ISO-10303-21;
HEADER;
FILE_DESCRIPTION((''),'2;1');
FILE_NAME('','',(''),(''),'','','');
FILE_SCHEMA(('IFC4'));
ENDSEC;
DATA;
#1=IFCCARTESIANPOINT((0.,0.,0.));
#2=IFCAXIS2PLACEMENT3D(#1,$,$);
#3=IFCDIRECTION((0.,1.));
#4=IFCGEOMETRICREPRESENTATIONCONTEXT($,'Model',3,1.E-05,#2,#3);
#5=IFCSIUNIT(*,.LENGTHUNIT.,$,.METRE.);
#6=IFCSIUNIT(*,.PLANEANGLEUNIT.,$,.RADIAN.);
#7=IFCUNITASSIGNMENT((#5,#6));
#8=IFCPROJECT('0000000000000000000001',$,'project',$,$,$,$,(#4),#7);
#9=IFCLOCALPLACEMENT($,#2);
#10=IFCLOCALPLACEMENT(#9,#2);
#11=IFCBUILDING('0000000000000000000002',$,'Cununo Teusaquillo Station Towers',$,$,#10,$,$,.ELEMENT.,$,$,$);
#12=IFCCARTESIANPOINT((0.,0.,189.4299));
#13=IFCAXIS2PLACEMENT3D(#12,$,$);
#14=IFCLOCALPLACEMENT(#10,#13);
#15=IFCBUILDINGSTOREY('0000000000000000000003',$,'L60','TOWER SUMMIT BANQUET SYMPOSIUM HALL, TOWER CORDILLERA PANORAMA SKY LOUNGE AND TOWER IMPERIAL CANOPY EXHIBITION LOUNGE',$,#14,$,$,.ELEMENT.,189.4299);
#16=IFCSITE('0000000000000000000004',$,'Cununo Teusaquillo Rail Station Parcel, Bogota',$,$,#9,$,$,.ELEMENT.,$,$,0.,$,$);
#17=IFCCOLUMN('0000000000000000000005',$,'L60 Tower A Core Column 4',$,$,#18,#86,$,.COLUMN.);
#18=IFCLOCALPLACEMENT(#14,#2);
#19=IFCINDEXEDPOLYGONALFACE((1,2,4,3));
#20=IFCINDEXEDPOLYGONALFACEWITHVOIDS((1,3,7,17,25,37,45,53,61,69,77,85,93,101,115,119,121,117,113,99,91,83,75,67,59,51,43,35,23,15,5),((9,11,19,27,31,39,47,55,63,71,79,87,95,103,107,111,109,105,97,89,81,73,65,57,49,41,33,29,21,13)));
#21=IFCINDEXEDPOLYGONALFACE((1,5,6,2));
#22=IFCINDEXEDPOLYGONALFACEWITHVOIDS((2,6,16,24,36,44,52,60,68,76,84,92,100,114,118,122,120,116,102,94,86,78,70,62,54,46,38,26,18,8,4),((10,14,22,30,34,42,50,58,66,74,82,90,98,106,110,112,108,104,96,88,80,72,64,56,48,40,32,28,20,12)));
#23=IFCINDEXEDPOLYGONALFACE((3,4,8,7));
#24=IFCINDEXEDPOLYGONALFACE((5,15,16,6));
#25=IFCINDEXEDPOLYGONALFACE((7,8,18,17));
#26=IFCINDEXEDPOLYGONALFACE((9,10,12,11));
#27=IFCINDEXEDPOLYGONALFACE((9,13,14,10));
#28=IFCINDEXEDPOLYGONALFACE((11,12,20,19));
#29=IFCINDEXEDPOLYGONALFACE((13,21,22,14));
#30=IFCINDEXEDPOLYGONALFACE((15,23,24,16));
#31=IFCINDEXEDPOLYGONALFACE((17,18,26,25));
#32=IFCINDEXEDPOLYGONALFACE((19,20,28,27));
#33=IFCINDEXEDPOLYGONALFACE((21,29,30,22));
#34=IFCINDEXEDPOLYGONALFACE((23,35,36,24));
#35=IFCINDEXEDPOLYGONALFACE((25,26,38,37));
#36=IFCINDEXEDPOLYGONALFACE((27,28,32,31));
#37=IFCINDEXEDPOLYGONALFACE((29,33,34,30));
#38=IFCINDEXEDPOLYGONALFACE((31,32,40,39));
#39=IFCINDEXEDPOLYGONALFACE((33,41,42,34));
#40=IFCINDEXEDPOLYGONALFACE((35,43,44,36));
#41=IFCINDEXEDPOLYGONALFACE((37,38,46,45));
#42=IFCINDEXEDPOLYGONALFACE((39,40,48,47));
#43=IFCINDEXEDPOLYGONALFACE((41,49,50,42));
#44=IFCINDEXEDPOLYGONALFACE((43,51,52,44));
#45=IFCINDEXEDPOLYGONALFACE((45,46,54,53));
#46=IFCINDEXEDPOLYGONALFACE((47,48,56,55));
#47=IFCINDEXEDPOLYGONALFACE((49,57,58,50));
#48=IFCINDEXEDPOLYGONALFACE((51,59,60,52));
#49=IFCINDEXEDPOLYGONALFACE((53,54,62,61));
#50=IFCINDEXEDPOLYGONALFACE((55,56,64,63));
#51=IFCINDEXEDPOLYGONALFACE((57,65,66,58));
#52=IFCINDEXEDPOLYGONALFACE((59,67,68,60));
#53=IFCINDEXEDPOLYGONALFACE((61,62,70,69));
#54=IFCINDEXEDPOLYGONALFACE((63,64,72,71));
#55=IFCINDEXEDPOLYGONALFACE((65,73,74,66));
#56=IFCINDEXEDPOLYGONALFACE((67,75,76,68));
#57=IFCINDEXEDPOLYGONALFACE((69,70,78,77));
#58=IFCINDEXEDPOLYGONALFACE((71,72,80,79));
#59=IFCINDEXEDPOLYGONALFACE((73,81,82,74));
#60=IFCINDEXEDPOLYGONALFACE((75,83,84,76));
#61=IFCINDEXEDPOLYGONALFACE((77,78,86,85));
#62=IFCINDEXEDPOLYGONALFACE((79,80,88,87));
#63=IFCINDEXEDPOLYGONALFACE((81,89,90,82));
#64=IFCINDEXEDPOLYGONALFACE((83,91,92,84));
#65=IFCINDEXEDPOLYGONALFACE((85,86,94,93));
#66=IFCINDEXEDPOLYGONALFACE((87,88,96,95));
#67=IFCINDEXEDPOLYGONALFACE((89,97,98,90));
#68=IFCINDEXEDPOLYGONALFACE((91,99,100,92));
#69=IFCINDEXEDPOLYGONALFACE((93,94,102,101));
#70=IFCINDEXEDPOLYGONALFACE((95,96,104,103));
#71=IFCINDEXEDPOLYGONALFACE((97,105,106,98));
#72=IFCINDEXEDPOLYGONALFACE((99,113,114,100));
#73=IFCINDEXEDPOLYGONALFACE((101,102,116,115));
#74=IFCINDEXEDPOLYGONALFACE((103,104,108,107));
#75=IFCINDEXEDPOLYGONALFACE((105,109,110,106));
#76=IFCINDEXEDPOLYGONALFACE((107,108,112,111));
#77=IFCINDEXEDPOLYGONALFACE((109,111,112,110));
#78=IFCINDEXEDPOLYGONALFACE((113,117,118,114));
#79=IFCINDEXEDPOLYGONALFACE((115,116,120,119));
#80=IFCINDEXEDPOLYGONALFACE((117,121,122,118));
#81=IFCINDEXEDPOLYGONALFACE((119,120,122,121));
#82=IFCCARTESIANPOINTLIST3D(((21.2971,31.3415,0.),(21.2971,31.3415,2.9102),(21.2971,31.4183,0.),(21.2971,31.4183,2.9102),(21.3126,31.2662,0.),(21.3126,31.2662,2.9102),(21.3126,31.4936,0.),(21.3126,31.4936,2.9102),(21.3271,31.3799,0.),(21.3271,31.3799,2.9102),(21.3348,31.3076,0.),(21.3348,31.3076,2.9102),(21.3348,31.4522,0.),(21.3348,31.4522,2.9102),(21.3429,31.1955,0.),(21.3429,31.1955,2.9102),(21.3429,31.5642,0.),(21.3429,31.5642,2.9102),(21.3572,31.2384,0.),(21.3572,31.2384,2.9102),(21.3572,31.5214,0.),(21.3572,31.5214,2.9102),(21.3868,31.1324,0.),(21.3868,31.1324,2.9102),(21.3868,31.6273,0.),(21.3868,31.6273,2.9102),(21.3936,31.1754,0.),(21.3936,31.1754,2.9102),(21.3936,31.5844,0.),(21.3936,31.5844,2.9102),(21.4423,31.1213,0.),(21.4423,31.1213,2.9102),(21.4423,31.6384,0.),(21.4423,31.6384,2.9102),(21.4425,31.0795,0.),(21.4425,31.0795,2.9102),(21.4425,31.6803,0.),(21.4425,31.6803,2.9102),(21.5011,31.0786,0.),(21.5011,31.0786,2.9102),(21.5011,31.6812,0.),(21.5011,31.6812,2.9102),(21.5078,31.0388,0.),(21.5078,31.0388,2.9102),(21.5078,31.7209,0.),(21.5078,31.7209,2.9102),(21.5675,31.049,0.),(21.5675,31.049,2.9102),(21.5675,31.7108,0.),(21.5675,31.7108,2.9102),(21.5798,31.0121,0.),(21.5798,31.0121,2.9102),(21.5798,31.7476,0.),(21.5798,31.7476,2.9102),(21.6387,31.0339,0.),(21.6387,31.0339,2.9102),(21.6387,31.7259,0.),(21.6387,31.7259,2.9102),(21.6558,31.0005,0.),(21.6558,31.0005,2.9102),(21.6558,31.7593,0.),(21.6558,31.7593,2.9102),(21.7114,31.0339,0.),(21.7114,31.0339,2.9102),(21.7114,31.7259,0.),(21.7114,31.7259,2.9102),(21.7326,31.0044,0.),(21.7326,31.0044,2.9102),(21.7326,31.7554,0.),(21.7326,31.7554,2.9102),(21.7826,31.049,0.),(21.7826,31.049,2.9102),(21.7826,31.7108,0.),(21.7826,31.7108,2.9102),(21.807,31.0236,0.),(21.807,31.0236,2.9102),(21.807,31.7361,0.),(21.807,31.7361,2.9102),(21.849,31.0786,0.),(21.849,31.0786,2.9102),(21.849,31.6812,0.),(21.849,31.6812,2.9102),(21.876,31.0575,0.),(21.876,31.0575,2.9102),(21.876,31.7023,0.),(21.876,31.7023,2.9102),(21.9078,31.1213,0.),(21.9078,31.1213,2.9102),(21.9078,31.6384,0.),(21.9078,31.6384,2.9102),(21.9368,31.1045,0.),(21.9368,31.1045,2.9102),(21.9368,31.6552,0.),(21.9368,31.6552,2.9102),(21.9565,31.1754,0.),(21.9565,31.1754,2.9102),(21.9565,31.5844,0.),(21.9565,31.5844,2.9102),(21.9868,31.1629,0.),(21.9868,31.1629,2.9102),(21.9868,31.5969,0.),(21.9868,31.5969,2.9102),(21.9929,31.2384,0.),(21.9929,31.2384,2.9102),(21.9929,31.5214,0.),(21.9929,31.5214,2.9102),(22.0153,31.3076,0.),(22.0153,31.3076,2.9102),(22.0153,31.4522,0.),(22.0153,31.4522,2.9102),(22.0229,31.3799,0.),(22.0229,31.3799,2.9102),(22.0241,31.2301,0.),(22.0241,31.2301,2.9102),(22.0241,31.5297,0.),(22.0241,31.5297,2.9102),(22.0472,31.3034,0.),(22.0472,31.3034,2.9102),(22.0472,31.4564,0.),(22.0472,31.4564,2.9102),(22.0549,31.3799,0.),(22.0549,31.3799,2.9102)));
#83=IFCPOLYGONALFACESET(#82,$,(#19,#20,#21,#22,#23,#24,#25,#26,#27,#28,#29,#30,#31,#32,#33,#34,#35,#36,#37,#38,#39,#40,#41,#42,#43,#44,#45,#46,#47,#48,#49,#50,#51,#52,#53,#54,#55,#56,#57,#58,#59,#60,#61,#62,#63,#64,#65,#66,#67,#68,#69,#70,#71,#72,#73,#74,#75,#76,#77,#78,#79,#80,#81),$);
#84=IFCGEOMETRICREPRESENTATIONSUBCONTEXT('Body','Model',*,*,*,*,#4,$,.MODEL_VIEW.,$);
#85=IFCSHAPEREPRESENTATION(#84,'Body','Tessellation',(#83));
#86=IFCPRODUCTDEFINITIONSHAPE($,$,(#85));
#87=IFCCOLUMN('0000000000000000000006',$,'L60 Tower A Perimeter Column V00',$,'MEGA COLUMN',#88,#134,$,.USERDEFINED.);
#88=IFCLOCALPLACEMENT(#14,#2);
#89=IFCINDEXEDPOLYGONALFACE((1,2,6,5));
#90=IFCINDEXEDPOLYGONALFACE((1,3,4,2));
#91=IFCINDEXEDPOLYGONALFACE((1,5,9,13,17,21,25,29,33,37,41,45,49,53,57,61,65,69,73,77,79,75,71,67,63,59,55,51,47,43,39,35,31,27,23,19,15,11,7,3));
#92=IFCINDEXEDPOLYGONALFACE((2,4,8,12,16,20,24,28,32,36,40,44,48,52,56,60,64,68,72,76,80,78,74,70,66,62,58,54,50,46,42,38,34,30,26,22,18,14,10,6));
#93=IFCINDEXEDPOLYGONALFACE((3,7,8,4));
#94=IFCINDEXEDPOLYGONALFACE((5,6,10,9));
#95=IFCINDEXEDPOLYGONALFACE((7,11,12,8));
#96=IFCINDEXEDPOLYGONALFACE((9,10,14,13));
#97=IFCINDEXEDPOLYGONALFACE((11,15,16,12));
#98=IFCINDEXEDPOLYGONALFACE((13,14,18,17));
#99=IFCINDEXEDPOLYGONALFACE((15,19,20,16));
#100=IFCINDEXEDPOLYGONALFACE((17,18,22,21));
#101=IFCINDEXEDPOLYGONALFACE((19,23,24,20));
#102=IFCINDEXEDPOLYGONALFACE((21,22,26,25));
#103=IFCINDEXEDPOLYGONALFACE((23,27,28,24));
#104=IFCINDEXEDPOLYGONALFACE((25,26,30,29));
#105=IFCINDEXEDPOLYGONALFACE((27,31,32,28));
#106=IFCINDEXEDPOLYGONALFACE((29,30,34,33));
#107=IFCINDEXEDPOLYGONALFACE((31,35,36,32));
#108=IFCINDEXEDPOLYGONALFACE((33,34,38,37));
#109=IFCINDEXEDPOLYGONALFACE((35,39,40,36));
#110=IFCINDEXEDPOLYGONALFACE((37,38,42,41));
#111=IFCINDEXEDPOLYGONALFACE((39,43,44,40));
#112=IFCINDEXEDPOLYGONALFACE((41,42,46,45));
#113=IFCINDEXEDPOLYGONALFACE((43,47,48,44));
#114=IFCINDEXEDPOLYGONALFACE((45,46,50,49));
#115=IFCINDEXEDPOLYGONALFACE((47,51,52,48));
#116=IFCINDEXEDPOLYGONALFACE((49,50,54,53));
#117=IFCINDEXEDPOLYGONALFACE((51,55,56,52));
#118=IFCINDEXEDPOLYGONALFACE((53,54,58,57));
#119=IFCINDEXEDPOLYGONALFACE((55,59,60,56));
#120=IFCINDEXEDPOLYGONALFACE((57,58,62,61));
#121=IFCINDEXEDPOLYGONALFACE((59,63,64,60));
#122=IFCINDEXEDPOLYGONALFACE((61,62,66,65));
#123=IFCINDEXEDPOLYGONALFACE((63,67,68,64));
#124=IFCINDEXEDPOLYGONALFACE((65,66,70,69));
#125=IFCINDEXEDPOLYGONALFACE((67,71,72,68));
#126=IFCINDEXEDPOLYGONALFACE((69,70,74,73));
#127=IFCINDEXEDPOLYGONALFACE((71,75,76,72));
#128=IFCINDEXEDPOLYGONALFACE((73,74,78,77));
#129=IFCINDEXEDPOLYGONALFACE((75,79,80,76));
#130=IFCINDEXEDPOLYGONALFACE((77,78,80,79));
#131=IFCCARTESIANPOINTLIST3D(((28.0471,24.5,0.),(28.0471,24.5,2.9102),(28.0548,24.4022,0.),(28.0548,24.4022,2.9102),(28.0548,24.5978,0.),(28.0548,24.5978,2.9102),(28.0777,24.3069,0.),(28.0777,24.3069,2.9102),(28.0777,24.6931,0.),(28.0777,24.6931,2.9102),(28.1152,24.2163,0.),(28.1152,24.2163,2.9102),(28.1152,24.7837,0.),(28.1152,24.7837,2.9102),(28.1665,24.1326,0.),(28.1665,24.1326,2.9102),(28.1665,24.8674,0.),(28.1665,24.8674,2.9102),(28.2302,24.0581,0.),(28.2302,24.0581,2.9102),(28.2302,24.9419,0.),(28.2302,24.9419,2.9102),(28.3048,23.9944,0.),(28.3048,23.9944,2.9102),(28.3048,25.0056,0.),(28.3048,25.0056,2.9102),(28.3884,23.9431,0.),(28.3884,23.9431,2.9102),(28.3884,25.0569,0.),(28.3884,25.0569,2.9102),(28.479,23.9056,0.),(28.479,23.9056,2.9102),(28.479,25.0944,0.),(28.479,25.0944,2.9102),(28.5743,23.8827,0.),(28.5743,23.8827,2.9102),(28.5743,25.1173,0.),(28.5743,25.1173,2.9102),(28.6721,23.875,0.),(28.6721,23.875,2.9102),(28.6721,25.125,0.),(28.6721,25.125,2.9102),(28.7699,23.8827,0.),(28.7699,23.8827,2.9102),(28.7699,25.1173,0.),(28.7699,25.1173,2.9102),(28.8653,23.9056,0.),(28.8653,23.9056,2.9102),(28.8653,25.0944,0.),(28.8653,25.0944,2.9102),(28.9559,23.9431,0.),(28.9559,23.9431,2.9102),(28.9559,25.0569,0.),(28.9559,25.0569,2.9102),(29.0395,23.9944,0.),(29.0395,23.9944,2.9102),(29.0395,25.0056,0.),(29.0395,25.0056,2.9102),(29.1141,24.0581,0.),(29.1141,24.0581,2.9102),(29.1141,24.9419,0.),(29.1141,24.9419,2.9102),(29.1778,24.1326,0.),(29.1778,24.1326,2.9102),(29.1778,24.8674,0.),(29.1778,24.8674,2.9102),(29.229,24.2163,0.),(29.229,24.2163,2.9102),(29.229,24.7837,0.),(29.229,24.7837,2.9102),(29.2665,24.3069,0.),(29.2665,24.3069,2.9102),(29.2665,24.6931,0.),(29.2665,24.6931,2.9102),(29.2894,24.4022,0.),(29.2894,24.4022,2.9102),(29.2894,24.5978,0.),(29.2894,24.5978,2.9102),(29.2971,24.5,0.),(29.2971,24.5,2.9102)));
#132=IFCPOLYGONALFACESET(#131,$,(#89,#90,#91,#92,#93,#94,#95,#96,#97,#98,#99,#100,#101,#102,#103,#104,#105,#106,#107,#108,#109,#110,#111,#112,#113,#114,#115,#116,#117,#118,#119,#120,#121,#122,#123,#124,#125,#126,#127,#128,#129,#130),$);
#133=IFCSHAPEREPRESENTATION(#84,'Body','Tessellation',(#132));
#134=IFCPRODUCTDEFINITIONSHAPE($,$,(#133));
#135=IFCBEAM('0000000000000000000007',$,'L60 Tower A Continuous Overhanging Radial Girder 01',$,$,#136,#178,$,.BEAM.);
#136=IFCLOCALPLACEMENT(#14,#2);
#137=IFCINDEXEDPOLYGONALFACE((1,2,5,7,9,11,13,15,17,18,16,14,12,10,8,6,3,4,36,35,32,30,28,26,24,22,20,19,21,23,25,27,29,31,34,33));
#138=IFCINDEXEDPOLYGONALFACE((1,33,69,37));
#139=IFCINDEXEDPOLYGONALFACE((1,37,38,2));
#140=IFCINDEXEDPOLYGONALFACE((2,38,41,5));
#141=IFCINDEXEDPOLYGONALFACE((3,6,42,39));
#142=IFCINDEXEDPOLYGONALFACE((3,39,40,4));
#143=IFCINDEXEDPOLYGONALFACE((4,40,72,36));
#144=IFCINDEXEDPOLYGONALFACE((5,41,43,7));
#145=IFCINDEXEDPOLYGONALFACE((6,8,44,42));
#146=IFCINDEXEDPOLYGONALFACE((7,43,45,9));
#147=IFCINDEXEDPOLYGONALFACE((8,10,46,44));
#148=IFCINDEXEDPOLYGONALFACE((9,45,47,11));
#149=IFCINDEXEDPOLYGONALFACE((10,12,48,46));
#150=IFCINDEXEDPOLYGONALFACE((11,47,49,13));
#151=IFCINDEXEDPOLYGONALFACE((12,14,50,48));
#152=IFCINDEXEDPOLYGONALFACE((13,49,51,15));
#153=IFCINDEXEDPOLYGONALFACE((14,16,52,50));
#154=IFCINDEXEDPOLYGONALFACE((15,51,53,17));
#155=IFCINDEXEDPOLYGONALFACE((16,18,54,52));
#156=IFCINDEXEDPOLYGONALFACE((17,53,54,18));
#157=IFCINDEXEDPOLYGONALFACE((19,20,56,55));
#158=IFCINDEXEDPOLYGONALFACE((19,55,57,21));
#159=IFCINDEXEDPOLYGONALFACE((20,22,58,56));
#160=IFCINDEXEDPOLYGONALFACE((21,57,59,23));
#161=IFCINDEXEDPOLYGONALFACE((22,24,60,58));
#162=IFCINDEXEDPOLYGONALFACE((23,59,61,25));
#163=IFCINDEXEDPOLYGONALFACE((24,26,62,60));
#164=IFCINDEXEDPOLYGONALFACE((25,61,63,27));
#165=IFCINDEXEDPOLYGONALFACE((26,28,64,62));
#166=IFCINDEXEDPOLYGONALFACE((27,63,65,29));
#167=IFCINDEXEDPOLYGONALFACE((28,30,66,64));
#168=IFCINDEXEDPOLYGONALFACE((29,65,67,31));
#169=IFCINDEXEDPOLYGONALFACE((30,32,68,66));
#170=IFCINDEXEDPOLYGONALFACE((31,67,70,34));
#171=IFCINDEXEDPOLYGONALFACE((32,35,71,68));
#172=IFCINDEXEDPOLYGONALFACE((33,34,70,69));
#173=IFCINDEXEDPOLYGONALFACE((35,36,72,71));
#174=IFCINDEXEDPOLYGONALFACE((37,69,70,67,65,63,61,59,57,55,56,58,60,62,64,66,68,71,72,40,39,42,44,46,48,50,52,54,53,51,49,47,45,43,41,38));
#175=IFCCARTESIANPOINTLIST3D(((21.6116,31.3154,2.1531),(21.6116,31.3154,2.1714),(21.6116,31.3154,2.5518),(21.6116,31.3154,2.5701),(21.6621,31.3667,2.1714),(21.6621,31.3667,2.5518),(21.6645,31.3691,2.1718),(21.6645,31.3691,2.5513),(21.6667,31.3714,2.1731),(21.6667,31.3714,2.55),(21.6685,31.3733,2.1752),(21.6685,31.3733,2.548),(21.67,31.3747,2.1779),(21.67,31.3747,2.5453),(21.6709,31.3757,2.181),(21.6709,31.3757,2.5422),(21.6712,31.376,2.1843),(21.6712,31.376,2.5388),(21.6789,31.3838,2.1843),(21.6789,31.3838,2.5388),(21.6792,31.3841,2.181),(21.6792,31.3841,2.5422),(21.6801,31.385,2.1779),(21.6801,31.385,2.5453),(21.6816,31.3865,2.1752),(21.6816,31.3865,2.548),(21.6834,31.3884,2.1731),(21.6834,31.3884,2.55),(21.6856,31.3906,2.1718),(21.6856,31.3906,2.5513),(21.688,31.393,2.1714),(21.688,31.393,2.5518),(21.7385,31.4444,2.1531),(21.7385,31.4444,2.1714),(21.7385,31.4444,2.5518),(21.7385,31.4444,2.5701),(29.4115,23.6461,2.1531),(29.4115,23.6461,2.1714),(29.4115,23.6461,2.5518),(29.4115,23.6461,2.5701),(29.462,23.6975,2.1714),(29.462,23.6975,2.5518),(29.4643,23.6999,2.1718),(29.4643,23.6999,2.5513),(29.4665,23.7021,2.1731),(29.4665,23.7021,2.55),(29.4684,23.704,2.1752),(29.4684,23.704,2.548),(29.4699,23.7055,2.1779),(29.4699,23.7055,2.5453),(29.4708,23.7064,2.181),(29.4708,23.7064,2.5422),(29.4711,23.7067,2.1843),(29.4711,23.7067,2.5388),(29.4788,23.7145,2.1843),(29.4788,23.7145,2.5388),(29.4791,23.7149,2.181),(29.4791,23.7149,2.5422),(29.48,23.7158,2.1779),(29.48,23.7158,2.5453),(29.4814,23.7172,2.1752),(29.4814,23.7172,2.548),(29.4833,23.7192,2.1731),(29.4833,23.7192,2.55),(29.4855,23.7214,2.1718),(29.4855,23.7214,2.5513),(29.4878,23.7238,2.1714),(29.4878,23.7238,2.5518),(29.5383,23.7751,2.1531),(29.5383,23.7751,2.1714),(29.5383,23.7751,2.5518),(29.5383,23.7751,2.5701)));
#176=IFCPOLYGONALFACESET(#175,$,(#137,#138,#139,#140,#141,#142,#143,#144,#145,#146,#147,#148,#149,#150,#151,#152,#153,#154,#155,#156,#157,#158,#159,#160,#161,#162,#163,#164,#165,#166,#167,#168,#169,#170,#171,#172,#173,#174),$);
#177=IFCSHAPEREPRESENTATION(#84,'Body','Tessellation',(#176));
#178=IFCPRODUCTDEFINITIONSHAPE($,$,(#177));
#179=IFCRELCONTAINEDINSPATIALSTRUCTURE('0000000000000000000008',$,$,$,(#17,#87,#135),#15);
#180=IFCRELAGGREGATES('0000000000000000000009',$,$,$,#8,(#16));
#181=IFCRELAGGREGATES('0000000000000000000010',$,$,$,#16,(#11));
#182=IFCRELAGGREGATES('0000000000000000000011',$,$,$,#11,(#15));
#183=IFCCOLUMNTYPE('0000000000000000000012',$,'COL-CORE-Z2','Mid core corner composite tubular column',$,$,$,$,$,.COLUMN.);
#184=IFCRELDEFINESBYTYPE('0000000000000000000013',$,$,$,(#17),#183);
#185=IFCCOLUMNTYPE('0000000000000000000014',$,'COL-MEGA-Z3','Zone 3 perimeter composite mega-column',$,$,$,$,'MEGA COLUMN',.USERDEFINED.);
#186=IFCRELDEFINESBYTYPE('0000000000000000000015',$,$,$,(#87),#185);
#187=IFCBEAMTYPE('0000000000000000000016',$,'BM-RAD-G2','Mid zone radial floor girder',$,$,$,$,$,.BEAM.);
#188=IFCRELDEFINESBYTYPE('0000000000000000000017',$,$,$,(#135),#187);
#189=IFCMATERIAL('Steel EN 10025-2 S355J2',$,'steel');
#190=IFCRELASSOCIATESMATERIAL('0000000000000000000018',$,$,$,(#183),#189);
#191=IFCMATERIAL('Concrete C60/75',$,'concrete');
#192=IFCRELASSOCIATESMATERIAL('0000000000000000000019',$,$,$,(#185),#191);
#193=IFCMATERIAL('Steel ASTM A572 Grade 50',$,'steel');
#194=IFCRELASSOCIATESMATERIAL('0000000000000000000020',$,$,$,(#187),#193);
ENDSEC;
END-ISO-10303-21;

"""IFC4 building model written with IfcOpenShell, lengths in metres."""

from ifc_helpers import new_model, si_unit, direction, frame, origin, origin_2d, place, context, subcontext, project, spatial, circle, hollow_circle, i_section, extrude, material, material_profile, profile_set, type_object, element, save


model = new_model("IFC4")

# Units and contexts
model_context = context("Model", 3, precision=1e-05, world=origin(), true_north=direction((0.0, 1.0)))
body_context = subcontext(model_context, "Body", "Model", "MODEL_VIEW")
ifc_project = project(units=[si_unit("LENGTHUNIT", "METRE"), si_unit("PLANEANGLEUNIT", "RADIAN")], contexts=[model_context])

# Site, building, storey
site_placement = place(None, origin())
site = spatial("IfcSite", under=ifc_project, at=site_placement, Name="Cununo Teusaquillo Rail Station Parcel, Bogota", CompositionType="ELEMENT", RefElevation=0.0)
building_placement = place(site_placement, origin())
building = spatial("IfcBuilding", under=site, at=building_placement, Name="Cununo Teusaquillo Station Towers", CompositionType="ELEMENT")
storey_placement = place(building_placement, frame((0.0, 0.0, 189.4299)))
storey = spatial("IfcBuildingStorey", under=building, at=storey_placement, Name="L60", Description="TOWER SUMMIT BANQUET SYMPOSIUM HALL, TOWER CORDILLERA PANORAMA SKY LOUNGE AND TOWER IMPERIAL CANOPY EXHIBITION LOUNGE", CompositionType="ELEMENT", Elevation=189.4299)

# Columns
ifc_material_1 = material(Name="Steel EN 10025-2 S355J2", Category="steel")
ifc_material_profile_1 = material_profile(ifc_material_1, hollow_circle(Radius=0.3799, WallThickness=0.032, at=origin_2d()), Name="CHS 760x32")
ifc_profile_set_1 = profile_set([ifc_material_profile_1], Name="Steel EN 10025-2 S355J2")
column_type_1 = type_object("IfcColumnType", Name="COL-CORE-Z2", Description="Mid core corner composite tubular column", PredefinedType="COLUMN", material=ifc_profile_set_1)
column_1_placement = place(storey_placement, frame((21.675, 31.3799, 0.0), z_axis=(0.0, 0.0, 1.0), x_axis=(1.0, 0.0, 0.0)))
element("IfcColumn", 1, at=column_1_placement, inside=storey, type_object=column_type_1, Name="L60 Tower A Core Column 4", PredefinedType="COLUMN", context=body_context, shape_type="SweptSolid", body=[
    extrude(hollow_circle(Radius=0.3799, WallThickness=0.032, at=origin_2d()), origin(), (0.0, 0.0, 1.0), 2.9102),
])
ifc_material_2 = material(Name="Concrete C60/75", Category="concrete")
ifc_material_profile_2 = material_profile(ifc_material_2, circle(Radius=0.625, at=origin_2d()), Name="RC-CIRC-1250")
ifc_profile_set_2 = profile_set([ifc_material_profile_2], Name="Concrete C60/75")
column_type_2 = type_object("IfcColumnType", Name="COL-MEGA-Z3", Description="Zone 3 perimeter composite mega-column", ElementType="MEGA COLUMN", PredefinedType="USERDEFINED", material=ifc_profile_set_2)
column_2_placement = place(storey_placement, frame((28.6721, 24.5, 0.0), z_axis=(0.0, 0.0, 1.0), x_axis=(1.0, 0.0, 0.0)))
element("IfcColumn", 2, at=column_2_placement, inside=storey, type_object=column_type_2, Name="L60 Tower A Perimeter Column V00", ObjectType="MEGA COLUMN", PredefinedType="USERDEFINED", context=body_context, shape_type="SweptSolid", body=[
    extrude(circle(Radius=0.625, at=origin_2d()), origin(), (0.0, 0.0, 1.0), 2.9102),
])

# Beam
ifc_material_3 = material(Name="Steel ASTM A572 Grade 50", Category="steel")
ifc_material_profile_3 = material_profile(ifc_material_3, i_section(OverallWidth=0.1809, OverallDepth=0.417, WebThickness=0.011, FlangeThickness=0.0183, FilletRadius=0.0129, at=origin_2d()), Name="W16X57")
ifc_profile_set_3 = profile_set([ifc_material_profile_3], Name="Steel ASTM A572 Grade 50")
beam_type_1 = type_object("IfcBeamType", Name="BM-RAD-G2", Description="Mid zone radial floor girder", PredefinedType="BEAM", material=ifc_profile_set_3)
beam_1_placement = place(storey_placement, frame((21.675, 31.3799, 2.3616), z_axis=(0.713052, -0.701111, 0.0), x_axis=(0.701111, 0.713052, 0.0)))
element("IfcBeam", 3, at=beam_1_placement, inside=storey, type_object=beam_type_1, Name="L60 Tower A Continuous Overhanging Radial Girder 01", PredefinedType="BEAM", context=body_context, shape_type="SweptSolid", body=[
    extrude(i_section(OverallWidth=0.1809, OverallDepth=0.417, WebThickness=0.011, FlangeThickness=0.0183, FilletRadius=0.0129, at=origin_2d()), origin(), (0.0, 0.0, 1.0), 10.9387),
])

save(model, "model.ifc")
